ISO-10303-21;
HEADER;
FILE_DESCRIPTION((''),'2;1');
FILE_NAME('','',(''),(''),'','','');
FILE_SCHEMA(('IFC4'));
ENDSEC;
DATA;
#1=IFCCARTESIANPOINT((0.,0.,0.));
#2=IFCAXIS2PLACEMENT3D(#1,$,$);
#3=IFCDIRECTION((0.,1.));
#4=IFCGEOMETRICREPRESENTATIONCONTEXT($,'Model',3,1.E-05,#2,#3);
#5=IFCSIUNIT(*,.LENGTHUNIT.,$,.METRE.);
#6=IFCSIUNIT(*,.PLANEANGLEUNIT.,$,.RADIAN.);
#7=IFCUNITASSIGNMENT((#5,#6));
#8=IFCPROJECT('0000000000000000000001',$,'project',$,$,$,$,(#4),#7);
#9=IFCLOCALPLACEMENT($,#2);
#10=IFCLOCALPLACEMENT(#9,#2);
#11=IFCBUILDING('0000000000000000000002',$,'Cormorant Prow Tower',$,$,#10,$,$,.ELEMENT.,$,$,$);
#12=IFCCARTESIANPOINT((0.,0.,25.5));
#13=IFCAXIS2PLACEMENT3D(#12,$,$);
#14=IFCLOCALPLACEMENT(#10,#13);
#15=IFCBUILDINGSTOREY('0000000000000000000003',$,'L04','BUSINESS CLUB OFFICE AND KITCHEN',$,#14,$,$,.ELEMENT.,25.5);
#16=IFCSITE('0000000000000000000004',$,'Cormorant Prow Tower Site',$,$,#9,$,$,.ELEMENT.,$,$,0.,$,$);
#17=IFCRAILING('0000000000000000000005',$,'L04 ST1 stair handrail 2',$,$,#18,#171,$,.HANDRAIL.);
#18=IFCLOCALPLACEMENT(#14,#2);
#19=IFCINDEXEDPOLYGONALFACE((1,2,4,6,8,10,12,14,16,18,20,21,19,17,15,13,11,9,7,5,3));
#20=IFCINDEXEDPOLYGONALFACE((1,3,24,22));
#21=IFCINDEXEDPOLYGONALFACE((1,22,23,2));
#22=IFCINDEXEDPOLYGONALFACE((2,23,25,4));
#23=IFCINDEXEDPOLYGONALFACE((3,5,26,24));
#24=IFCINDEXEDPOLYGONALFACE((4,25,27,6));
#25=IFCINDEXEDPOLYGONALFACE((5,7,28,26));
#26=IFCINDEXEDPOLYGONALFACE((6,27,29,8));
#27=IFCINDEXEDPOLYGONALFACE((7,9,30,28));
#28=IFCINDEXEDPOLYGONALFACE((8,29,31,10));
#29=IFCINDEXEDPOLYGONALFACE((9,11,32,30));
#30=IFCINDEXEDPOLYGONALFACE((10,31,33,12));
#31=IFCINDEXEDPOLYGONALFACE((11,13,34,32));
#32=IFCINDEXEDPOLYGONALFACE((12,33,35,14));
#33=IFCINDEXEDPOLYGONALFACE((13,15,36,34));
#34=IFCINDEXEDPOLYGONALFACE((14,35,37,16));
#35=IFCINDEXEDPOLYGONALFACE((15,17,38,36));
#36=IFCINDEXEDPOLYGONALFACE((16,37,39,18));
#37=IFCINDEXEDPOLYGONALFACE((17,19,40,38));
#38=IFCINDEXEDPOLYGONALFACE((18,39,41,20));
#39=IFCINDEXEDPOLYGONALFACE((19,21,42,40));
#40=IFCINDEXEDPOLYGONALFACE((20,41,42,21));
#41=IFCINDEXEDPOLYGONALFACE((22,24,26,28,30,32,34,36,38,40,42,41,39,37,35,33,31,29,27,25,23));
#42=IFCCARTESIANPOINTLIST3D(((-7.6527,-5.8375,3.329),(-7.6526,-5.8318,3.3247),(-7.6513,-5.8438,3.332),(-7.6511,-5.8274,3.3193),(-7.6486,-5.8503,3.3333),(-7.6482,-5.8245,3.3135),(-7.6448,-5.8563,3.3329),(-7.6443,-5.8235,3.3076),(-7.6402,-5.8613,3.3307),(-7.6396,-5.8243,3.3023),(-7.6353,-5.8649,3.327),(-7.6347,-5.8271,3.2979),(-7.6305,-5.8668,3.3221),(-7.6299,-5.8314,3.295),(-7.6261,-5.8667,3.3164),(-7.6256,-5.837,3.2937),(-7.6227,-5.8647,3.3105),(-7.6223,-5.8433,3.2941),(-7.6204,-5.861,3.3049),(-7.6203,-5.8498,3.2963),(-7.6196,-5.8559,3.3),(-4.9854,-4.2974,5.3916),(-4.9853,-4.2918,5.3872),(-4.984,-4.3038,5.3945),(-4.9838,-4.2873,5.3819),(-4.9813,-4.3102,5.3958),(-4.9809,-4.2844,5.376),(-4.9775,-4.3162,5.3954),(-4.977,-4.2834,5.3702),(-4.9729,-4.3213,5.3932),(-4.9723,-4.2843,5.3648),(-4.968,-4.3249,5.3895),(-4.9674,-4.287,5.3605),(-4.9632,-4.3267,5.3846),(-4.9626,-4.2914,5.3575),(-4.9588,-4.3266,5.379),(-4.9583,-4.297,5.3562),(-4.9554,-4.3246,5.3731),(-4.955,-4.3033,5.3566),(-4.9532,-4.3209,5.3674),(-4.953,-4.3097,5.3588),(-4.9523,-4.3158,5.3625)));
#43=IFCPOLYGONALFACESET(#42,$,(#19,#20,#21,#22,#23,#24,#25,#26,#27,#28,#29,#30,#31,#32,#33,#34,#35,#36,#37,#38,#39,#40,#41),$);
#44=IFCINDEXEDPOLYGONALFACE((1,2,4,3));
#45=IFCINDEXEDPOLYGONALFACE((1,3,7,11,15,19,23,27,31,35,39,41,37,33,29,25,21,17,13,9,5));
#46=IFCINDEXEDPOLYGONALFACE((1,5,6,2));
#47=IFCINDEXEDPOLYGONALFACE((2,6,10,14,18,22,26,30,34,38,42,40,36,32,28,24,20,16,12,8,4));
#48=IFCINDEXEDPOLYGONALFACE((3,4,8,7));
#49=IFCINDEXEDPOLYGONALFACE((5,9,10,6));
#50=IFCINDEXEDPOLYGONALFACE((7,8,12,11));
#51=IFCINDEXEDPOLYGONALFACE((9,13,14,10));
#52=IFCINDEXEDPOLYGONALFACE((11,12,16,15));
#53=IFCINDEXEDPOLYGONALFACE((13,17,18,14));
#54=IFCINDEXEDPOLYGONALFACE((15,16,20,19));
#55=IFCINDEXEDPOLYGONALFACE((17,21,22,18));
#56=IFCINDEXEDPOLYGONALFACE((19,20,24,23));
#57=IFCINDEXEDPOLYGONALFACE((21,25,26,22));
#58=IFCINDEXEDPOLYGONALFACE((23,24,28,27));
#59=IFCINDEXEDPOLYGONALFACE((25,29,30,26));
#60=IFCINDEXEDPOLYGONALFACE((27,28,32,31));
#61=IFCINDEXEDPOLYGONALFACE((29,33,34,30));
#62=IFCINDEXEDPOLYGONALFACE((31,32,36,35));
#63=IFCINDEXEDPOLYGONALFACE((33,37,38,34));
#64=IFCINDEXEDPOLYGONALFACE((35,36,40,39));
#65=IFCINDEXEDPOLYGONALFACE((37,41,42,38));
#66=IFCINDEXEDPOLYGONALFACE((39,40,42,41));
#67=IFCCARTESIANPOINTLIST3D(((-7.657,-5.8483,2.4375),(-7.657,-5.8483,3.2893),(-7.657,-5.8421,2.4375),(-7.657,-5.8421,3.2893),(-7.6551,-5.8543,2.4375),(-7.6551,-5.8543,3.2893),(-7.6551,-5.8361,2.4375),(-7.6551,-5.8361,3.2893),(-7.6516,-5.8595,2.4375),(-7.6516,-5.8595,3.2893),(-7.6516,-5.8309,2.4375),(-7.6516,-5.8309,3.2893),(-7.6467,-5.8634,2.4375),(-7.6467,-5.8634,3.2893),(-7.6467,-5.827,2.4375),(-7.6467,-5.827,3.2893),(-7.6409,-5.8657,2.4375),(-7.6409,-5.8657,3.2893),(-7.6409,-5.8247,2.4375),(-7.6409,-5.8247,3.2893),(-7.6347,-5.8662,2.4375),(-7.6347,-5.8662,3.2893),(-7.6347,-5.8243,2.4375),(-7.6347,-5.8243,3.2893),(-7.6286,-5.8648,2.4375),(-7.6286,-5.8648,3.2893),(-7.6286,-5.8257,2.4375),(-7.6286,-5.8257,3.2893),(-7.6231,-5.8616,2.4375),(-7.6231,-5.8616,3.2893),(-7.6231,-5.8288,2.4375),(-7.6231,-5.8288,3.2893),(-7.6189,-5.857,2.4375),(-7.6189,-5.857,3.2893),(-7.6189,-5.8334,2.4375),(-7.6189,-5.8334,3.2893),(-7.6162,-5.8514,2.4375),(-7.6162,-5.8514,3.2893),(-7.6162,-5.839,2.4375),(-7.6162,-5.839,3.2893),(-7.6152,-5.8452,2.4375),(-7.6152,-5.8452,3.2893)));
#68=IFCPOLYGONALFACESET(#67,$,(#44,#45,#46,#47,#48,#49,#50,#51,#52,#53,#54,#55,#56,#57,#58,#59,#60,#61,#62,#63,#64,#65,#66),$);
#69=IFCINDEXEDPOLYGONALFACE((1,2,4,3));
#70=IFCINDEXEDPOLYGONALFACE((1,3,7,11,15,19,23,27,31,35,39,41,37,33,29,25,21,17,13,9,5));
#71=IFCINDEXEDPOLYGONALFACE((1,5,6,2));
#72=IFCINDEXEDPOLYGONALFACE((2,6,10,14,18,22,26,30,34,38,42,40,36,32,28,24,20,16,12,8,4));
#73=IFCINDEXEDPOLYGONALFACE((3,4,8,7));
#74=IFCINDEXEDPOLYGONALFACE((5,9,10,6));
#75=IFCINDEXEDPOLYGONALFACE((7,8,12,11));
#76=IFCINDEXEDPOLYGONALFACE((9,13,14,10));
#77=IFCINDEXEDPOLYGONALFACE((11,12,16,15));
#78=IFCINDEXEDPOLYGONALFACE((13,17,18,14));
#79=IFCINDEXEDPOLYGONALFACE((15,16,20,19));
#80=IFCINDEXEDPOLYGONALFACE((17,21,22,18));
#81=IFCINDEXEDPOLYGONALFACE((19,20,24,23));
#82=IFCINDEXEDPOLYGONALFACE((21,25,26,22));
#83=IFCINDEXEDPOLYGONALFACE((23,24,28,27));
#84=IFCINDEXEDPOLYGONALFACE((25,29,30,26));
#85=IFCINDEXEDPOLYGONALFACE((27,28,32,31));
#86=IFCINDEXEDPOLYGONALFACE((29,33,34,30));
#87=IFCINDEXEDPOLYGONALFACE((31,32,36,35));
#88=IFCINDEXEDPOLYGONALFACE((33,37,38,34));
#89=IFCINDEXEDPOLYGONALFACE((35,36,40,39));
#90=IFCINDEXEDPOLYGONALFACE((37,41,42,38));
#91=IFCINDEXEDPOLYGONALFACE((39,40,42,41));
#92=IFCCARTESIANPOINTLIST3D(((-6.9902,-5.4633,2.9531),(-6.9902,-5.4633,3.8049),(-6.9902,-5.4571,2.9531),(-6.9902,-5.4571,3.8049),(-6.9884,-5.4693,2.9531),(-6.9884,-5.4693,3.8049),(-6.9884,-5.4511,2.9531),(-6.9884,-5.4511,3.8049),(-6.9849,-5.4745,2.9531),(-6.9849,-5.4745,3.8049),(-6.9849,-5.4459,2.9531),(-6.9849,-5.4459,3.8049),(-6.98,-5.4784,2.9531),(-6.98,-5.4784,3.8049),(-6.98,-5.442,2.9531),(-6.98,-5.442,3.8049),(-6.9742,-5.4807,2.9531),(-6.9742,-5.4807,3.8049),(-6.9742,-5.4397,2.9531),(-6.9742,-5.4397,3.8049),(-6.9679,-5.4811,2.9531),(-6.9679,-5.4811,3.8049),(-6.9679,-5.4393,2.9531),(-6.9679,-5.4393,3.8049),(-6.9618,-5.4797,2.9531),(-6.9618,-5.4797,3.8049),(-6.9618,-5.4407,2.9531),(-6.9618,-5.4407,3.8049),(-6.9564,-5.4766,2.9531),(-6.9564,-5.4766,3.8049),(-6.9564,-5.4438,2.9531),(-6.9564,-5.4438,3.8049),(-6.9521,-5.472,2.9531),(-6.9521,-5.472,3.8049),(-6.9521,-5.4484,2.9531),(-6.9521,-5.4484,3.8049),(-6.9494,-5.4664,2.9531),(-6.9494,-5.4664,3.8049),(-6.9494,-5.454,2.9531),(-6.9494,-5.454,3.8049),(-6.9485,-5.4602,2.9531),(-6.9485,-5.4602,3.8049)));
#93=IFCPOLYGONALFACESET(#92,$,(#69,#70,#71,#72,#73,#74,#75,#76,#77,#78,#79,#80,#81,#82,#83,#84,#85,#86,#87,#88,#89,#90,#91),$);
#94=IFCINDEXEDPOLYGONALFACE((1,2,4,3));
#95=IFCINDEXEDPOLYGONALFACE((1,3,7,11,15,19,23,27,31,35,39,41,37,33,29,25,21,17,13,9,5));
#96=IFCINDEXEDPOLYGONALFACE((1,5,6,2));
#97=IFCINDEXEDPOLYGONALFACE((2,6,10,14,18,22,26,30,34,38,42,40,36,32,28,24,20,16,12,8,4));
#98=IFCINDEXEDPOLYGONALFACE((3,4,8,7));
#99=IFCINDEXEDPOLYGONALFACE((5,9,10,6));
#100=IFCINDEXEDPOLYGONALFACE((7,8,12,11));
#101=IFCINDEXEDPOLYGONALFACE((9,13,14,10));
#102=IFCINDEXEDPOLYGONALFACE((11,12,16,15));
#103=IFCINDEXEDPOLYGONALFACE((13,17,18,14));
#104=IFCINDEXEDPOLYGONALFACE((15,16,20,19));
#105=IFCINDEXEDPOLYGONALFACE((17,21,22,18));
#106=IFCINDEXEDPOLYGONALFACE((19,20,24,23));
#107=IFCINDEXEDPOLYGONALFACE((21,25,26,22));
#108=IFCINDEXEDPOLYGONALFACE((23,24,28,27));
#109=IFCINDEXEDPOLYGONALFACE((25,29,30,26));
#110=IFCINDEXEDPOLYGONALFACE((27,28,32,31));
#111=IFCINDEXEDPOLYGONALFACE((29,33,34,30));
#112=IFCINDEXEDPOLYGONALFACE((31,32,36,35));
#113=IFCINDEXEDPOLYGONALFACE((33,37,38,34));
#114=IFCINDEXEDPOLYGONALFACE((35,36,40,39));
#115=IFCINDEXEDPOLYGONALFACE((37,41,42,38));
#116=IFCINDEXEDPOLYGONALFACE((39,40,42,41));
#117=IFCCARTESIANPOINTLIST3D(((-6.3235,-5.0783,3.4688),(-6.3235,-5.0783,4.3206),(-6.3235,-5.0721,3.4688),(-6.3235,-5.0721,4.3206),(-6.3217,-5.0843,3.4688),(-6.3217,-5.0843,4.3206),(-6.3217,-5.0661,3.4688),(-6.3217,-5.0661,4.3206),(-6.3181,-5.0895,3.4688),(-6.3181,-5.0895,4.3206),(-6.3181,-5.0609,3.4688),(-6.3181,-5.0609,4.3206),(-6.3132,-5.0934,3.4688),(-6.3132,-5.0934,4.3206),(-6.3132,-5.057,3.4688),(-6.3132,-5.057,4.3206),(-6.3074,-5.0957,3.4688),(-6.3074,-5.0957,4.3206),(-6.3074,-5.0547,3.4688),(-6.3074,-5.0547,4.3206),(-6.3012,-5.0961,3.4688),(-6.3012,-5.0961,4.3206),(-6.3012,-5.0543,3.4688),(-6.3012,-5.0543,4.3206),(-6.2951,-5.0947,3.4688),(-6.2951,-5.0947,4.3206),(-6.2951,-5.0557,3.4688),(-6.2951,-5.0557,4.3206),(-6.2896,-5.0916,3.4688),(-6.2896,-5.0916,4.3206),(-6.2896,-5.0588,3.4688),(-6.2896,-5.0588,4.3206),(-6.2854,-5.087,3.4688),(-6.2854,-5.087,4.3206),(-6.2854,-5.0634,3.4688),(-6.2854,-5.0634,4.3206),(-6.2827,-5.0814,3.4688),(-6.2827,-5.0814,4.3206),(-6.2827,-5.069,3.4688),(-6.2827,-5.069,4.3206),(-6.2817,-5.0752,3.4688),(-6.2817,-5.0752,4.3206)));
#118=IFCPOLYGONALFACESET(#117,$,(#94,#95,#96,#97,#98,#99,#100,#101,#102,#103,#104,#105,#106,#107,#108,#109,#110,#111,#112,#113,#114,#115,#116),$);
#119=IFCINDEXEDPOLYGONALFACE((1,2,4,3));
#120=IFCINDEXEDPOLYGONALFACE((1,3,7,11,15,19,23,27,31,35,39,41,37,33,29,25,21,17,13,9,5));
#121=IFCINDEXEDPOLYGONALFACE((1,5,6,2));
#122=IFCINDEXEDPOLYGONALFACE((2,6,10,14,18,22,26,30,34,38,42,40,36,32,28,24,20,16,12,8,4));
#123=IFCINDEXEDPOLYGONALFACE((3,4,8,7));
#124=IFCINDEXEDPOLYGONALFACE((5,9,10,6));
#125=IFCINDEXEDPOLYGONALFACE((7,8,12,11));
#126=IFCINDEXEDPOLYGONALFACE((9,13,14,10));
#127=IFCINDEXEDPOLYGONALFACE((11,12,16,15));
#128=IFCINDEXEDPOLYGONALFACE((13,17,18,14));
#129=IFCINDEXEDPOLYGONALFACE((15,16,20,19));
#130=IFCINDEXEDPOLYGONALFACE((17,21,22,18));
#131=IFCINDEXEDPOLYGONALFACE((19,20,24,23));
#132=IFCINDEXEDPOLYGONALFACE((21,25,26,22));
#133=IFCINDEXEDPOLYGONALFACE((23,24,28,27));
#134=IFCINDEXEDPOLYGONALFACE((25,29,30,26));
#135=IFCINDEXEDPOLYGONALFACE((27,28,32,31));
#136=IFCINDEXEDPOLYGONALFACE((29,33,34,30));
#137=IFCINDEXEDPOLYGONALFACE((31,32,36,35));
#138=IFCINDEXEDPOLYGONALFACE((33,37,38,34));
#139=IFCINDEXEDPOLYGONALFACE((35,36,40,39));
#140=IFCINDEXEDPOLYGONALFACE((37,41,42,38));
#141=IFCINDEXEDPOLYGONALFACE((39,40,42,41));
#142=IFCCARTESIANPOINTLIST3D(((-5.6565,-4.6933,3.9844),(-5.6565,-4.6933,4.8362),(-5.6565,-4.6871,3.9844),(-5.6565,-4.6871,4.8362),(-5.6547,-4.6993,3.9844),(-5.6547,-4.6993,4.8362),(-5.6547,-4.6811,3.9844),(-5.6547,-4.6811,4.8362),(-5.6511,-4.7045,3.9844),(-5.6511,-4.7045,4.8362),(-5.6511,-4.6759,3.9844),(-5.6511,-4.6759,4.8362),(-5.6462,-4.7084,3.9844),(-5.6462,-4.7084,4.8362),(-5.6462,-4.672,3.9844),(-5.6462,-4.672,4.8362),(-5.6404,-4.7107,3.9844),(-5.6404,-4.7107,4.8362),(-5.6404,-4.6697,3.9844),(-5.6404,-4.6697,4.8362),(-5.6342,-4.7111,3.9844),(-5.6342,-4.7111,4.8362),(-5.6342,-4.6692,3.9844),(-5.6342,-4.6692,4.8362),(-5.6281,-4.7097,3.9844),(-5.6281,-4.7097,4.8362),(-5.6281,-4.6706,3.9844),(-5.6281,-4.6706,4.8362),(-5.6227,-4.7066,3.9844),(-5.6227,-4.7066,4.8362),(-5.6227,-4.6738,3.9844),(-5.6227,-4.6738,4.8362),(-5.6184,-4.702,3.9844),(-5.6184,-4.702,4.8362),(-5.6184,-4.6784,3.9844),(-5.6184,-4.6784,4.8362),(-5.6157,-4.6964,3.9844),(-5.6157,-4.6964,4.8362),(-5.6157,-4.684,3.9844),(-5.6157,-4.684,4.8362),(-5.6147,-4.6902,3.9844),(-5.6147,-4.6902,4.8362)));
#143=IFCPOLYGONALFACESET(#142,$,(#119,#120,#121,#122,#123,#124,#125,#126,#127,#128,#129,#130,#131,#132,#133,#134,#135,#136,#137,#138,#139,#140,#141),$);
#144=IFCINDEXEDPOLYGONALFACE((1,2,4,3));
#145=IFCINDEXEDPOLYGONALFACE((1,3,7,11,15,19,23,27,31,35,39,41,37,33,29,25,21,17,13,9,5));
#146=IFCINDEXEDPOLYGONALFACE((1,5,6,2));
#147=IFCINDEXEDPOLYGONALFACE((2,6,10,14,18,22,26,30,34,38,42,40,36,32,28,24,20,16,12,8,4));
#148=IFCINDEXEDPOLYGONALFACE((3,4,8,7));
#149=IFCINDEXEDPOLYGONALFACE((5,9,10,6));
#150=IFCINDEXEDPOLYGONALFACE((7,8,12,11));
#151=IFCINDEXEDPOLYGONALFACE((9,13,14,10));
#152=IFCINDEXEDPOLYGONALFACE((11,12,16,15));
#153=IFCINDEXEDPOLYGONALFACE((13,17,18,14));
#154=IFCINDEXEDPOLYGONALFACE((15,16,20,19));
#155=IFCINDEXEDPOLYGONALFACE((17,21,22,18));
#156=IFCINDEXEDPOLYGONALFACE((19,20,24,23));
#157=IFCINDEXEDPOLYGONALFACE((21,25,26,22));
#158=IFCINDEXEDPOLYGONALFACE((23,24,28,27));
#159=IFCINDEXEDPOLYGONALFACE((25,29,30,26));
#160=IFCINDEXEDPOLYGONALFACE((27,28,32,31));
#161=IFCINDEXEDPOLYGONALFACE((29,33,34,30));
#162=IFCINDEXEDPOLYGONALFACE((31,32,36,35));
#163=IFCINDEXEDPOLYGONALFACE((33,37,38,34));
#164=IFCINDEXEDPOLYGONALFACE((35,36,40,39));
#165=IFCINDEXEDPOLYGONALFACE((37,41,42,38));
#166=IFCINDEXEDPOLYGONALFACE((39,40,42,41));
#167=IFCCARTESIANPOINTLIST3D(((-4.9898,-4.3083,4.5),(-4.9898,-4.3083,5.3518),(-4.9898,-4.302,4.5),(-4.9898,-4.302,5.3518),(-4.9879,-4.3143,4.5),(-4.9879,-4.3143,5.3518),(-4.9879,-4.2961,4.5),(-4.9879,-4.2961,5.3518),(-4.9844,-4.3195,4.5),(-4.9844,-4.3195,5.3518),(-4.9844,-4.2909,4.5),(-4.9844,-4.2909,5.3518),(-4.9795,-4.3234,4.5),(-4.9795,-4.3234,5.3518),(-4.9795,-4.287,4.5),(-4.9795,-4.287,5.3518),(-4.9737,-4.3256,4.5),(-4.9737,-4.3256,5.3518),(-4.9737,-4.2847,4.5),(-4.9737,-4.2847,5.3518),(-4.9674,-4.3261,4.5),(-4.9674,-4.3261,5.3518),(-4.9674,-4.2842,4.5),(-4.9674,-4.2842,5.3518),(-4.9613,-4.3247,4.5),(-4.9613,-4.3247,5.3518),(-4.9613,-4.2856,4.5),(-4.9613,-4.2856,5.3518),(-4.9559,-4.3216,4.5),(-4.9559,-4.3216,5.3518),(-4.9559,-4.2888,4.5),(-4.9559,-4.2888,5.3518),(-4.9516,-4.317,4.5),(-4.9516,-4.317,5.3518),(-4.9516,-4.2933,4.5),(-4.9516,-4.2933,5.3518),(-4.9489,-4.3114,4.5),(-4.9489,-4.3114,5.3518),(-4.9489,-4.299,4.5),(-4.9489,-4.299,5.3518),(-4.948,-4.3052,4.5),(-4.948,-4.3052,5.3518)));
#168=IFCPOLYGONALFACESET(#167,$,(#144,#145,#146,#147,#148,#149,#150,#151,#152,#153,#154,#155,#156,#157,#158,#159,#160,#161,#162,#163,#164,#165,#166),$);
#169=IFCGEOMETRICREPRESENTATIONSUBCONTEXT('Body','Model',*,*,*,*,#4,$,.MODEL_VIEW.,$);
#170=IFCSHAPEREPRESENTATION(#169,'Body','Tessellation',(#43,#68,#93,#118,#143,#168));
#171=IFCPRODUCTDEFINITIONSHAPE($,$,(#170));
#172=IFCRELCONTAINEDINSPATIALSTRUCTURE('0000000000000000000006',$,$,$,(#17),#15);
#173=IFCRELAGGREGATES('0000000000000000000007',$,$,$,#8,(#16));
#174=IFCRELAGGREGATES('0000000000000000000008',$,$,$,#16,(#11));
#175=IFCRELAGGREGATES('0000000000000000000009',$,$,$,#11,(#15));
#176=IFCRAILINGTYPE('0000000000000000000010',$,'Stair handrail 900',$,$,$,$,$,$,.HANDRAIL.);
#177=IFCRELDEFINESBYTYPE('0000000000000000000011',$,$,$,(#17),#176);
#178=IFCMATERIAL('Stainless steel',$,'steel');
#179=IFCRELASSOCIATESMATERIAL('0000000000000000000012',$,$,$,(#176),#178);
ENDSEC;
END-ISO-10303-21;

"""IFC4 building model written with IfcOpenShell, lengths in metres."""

from ifc_helpers import new_model, si_unit, direction, frame, origin, origin_2d, place, context, subcontext, project, spatial, circle, extrude, material, type_object, element, save


model = new_model("IFC4")

# Units and contexts
model_context = context("Model", 3, precision=1e-05, world=origin(), true_north=direction((0.0, 1.0)))
body_context = subcontext(model_context, "Body", "Model", "MODEL_VIEW")
ifc_project = project(units=[si_unit("LENGTHUNIT", "METRE"), si_unit("PLANEANGLEUNIT", "RADIAN")], contexts=[model_context])

# Site, building, storey
site_placement = place(None, origin())
site = spatial("IfcSite", under=ifc_project, at=site_placement, Name="Cormorant Prow Tower Site", CompositionType="ELEMENT", RefElevation=0.0)
building_placement = place(site_placement, origin())
building = spatial("IfcBuilding", under=site, at=building_placement, Name="Cormorant Prow Tower", CompositionType="ELEMENT")
storey_placement = place(building_placement, frame((0.0, 0.0, 25.5)))
storey = spatial("IfcBuildingStorey", under=building, at=storey_placement, Name="L04", Description="BUSINESS CLUB OFFICE AND KITCHEN", CompositionType="ELEMENT", Elevation=25.5)

# Railing
ifc_material_1 = material(Name="Stainless steel", Category="steel")
railing_type = type_object("IfcRailingType", Name="Stair handrail 900", PredefinedType="HANDRAIL", material=ifc_material_1)
railing_placement = place(storey_placement, frame((-7.6362, -5.8452, 2.4375)))
element("IfcRailing", 1, at=railing_placement, inside=storey, type_object=railing_type, Name="L04 ST1 stair handrail 2", PredefinedType="HANDRAIL", context=body_context, shape_type="SweptSolid", body=[
    extrude(circle(Radius=0.0239, at=origin_2d()), frame((0.0, 0.0, 0.876), z_axis=(0.719568, 0.415472, 0.556422), x_axis=(-0.500027, 0.86601, 0.0)), (0.0, 0.0, 1.0), 3.7068),
    extrude(circle(Radius=0.021, at=origin_2d()), origin(), (0.0, 0.0, 1.0), 0.8518),
    extrude(circle(Radius=0.021, at=origin_2d()), frame((0.6667, 0.385, 0.5156)), (0.0, 0.0, 1.0), 0.8518),
    extrude(circle(Radius=0.021, at=origin_2d()), frame((1.3335, 0.77, 1.0312)), (0.0, 0.0, 1.0), 0.8518),
    extrude(circle(Radius=0.021, at=origin_2d()), frame((2.0005, 1.155, 1.5469)), (0.0, 0.0, 1.0), 0.8518),
    extrude(circle(Radius=0.021, at=origin_2d()), frame((2.6672, 1.54, 2.0625)), (0.0, 0.0, 1.0), 0.8518),
])

save(model, "model.ifc")
